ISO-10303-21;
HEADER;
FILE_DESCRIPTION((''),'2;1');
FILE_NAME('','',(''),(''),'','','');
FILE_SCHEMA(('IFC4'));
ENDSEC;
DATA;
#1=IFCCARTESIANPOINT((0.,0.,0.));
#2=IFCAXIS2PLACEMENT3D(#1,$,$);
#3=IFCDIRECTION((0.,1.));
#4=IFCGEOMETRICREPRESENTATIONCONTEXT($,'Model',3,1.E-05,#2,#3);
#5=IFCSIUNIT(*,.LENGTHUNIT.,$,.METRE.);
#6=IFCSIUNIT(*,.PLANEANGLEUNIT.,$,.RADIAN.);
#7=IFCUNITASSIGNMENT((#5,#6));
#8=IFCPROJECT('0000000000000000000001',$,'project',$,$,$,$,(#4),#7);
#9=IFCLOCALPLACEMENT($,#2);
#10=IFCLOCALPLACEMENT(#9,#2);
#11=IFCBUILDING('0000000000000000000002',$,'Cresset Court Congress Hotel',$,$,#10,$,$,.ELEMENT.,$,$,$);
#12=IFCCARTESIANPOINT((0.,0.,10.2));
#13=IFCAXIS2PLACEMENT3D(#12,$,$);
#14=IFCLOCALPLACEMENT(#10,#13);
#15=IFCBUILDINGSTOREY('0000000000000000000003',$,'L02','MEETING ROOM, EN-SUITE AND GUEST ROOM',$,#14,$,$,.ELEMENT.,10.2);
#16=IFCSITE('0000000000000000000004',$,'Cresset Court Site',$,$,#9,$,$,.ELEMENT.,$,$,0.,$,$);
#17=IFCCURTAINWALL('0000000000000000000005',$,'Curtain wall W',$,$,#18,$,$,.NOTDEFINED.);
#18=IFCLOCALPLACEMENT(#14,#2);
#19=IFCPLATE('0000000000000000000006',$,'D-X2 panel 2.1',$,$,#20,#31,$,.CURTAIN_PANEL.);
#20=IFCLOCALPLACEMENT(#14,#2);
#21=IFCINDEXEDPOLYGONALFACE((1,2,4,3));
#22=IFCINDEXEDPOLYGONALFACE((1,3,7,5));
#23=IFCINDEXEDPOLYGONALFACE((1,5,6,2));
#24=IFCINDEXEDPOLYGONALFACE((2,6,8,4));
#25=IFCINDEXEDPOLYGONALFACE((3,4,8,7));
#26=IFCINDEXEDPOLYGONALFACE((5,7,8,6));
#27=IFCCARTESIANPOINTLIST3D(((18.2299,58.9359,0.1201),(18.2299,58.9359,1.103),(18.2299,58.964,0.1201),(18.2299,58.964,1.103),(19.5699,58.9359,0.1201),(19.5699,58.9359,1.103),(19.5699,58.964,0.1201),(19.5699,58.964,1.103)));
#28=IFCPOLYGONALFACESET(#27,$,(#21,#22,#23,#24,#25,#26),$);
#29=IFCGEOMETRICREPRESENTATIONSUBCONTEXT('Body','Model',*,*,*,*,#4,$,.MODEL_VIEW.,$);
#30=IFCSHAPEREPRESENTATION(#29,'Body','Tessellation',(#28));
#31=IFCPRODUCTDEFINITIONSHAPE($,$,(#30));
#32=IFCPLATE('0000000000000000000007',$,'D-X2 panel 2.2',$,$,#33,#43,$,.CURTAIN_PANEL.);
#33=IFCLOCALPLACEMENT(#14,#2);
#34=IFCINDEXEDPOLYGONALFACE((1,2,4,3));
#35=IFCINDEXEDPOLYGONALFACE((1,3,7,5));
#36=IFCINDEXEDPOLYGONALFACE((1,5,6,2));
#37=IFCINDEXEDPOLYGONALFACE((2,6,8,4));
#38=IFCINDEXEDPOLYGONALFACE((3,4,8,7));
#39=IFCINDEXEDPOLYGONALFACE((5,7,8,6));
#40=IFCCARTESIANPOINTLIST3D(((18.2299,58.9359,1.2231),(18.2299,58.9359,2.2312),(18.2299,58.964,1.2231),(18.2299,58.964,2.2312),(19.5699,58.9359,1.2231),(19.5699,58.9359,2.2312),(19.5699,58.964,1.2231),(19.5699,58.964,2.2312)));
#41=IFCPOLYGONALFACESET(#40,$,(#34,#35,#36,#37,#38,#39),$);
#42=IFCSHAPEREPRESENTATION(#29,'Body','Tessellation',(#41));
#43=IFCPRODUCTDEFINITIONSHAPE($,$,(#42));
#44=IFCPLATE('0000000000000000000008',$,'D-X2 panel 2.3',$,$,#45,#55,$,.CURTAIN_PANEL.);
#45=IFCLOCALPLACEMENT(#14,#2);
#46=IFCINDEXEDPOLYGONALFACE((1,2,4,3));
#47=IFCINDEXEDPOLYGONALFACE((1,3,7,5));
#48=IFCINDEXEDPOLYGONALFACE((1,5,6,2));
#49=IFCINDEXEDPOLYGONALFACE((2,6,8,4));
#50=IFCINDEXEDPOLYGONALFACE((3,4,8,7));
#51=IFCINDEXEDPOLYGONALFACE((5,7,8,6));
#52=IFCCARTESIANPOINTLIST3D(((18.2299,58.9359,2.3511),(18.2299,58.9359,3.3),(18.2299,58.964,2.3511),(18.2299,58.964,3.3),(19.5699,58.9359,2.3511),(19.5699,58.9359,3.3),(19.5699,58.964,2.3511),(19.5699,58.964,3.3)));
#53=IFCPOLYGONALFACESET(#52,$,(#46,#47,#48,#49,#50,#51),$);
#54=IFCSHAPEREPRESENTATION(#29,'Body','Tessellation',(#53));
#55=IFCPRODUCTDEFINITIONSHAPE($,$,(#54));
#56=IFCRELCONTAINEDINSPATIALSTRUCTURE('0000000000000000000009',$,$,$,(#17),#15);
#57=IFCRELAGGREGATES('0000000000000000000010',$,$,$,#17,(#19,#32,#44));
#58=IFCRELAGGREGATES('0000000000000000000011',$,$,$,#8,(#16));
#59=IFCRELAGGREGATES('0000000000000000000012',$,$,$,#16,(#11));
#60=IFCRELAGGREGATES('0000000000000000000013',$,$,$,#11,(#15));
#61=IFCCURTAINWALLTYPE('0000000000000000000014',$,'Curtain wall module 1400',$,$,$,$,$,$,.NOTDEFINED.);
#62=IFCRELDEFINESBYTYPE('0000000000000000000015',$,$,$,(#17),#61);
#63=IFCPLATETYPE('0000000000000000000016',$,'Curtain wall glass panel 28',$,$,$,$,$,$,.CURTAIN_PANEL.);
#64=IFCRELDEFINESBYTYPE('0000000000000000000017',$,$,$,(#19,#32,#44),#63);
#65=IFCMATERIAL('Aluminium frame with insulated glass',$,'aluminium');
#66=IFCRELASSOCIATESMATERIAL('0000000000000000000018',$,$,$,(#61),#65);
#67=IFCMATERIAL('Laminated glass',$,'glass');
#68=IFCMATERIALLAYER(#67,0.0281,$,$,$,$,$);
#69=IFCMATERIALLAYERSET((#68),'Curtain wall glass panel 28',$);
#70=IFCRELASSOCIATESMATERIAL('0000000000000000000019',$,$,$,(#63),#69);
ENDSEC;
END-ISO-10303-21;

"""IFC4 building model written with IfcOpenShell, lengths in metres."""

from ifc_helpers import new_model, si_unit, direction, frame, origin, origin_2d, place, context, subcontext, project, spatial, rectangle, extrude, material, layer, layer_set, type_object, element, aggregate, save


model = new_model("IFC4")

# Units and contexts
model_context = context("Model", 3, precision=1e-05, world=origin(), true_north=direction((0.0, 1.0)))
body_context = subcontext(model_context, "Body", "Model", "MODEL_VIEW")
ifc_project = project(units=[si_unit("LENGTHUNIT", "METRE"), si_unit("PLANEANGLEUNIT", "RADIAN")], contexts=[model_context])

# Site, building, storey
site_placement = place(None, origin())
site = spatial("IfcSite", under=ifc_project, at=site_placement, Name="Cresset Court Site", CompositionType="ELEMENT", RefElevation=0.0)
building_placement = place(site_placement, origin())
building = spatial("IfcBuilding", under=site, at=building_placement, Name="Cresset Court Congress Hotel", CompositionType="ELEMENT")
storey_placement = place(building_placement, frame((0.0, 0.0, 10.2)))
storey = spatial("IfcBuildingStorey", under=building, at=storey_placement, Name="L02", Description="MEETING ROOM, EN-SUITE AND GUEST ROOM", CompositionType="ELEMENT", Elevation=10.2)

# Curtain wall
ifc_material_1 = material(Name="Aluminium frame with insulated glass", Category="aluminium")
curtain_wall_type_1 = type_object("IfcCurtainWallType", Name="Curtain wall module 1400", PredefinedType="NOTDEFINED", material=ifc_material_1)
curtain_wall_1_placement = place(storey_placement, origin())
curtain_wall_1 = element("IfcCurtainWall", 1, at=curtain_wall_1_placement, inside=storey, type_object=curtain_wall_type_1, Name="Curtain wall W", PredefinedType="NOTDEFINED")

# Plates
ifc_material_2 = material(Name="Laminated glass", Category="glass")
ifc_layer_1 = layer(ifc_material_2, 0.0281)
ifc_layer_set_1 = layer_set([ifc_layer_1], Name="Curtain wall glass panel 28")
plate_type_1 = type_object("IfcPlateType", Name="Curtain wall glass panel 28", PredefinedType="CURTAIN_PANEL", material=ifc_layer_set_1)
plate_1_placement = place(storey_placement, frame((18.8999, 58.95, 0.1201), z_axis=(0.0, 0.0, 1.0), x_axis=(1.0, 0.0, 0.0)))
plate_1 = element("IfcPlate", 2, at=plate_1_placement, type_object=plate_type_1, Name="D-X2 panel 2.1", PredefinedType="CURTAIN_PANEL", context=body_context, shape_type="SweptSolid", body=[
    extrude(rectangle(XDim=1.3401, YDim=0.0281, at=origin_2d()), origin(), (0.0, 0.0, 1.0), 0.9829),
])
plate_2_placement = place(storey_placement, frame((18.8999, 58.95, 1.2231), z_axis=(0.0, 0.0, 1.0), x_axis=(1.0, 0.0, 0.0)))
plate_2 = element("IfcPlate", 3, at=plate_2_placement, type_object=plate_type_1, Name="D-X2 panel 2.2", PredefinedType="CURTAIN_PANEL", context=body_context, shape_type="SweptSolid", body=[
    extrude(rectangle(XDim=1.3401, YDim=0.0281, at=origin_2d()), origin(), (0.0, 0.0, 1.0), 1.0081),
])
plate_3_placement = place(storey_placement, frame((18.8999, 58.95, 2.3511), z_axis=(0.0, 0.0, 1.0), x_axis=(1.0, 0.0, 0.0)))
plate_3 = element("IfcPlate", 4, at=plate_3_placement, type_object=plate_type_1, Name="D-X2 panel 2.3", PredefinedType="CURTAIN_PANEL", context=body_context, shape_type="SweptSolid", body=[
    extrude(rectangle(XDim=1.3401, YDim=0.0281, at=origin_2d()), origin(), (0.0, 0.0, 1.0), 0.949),
])
aggregate(curtain_wall_1, [plate_1, plate_2, plate_3])

save(model, "model.ifc")
